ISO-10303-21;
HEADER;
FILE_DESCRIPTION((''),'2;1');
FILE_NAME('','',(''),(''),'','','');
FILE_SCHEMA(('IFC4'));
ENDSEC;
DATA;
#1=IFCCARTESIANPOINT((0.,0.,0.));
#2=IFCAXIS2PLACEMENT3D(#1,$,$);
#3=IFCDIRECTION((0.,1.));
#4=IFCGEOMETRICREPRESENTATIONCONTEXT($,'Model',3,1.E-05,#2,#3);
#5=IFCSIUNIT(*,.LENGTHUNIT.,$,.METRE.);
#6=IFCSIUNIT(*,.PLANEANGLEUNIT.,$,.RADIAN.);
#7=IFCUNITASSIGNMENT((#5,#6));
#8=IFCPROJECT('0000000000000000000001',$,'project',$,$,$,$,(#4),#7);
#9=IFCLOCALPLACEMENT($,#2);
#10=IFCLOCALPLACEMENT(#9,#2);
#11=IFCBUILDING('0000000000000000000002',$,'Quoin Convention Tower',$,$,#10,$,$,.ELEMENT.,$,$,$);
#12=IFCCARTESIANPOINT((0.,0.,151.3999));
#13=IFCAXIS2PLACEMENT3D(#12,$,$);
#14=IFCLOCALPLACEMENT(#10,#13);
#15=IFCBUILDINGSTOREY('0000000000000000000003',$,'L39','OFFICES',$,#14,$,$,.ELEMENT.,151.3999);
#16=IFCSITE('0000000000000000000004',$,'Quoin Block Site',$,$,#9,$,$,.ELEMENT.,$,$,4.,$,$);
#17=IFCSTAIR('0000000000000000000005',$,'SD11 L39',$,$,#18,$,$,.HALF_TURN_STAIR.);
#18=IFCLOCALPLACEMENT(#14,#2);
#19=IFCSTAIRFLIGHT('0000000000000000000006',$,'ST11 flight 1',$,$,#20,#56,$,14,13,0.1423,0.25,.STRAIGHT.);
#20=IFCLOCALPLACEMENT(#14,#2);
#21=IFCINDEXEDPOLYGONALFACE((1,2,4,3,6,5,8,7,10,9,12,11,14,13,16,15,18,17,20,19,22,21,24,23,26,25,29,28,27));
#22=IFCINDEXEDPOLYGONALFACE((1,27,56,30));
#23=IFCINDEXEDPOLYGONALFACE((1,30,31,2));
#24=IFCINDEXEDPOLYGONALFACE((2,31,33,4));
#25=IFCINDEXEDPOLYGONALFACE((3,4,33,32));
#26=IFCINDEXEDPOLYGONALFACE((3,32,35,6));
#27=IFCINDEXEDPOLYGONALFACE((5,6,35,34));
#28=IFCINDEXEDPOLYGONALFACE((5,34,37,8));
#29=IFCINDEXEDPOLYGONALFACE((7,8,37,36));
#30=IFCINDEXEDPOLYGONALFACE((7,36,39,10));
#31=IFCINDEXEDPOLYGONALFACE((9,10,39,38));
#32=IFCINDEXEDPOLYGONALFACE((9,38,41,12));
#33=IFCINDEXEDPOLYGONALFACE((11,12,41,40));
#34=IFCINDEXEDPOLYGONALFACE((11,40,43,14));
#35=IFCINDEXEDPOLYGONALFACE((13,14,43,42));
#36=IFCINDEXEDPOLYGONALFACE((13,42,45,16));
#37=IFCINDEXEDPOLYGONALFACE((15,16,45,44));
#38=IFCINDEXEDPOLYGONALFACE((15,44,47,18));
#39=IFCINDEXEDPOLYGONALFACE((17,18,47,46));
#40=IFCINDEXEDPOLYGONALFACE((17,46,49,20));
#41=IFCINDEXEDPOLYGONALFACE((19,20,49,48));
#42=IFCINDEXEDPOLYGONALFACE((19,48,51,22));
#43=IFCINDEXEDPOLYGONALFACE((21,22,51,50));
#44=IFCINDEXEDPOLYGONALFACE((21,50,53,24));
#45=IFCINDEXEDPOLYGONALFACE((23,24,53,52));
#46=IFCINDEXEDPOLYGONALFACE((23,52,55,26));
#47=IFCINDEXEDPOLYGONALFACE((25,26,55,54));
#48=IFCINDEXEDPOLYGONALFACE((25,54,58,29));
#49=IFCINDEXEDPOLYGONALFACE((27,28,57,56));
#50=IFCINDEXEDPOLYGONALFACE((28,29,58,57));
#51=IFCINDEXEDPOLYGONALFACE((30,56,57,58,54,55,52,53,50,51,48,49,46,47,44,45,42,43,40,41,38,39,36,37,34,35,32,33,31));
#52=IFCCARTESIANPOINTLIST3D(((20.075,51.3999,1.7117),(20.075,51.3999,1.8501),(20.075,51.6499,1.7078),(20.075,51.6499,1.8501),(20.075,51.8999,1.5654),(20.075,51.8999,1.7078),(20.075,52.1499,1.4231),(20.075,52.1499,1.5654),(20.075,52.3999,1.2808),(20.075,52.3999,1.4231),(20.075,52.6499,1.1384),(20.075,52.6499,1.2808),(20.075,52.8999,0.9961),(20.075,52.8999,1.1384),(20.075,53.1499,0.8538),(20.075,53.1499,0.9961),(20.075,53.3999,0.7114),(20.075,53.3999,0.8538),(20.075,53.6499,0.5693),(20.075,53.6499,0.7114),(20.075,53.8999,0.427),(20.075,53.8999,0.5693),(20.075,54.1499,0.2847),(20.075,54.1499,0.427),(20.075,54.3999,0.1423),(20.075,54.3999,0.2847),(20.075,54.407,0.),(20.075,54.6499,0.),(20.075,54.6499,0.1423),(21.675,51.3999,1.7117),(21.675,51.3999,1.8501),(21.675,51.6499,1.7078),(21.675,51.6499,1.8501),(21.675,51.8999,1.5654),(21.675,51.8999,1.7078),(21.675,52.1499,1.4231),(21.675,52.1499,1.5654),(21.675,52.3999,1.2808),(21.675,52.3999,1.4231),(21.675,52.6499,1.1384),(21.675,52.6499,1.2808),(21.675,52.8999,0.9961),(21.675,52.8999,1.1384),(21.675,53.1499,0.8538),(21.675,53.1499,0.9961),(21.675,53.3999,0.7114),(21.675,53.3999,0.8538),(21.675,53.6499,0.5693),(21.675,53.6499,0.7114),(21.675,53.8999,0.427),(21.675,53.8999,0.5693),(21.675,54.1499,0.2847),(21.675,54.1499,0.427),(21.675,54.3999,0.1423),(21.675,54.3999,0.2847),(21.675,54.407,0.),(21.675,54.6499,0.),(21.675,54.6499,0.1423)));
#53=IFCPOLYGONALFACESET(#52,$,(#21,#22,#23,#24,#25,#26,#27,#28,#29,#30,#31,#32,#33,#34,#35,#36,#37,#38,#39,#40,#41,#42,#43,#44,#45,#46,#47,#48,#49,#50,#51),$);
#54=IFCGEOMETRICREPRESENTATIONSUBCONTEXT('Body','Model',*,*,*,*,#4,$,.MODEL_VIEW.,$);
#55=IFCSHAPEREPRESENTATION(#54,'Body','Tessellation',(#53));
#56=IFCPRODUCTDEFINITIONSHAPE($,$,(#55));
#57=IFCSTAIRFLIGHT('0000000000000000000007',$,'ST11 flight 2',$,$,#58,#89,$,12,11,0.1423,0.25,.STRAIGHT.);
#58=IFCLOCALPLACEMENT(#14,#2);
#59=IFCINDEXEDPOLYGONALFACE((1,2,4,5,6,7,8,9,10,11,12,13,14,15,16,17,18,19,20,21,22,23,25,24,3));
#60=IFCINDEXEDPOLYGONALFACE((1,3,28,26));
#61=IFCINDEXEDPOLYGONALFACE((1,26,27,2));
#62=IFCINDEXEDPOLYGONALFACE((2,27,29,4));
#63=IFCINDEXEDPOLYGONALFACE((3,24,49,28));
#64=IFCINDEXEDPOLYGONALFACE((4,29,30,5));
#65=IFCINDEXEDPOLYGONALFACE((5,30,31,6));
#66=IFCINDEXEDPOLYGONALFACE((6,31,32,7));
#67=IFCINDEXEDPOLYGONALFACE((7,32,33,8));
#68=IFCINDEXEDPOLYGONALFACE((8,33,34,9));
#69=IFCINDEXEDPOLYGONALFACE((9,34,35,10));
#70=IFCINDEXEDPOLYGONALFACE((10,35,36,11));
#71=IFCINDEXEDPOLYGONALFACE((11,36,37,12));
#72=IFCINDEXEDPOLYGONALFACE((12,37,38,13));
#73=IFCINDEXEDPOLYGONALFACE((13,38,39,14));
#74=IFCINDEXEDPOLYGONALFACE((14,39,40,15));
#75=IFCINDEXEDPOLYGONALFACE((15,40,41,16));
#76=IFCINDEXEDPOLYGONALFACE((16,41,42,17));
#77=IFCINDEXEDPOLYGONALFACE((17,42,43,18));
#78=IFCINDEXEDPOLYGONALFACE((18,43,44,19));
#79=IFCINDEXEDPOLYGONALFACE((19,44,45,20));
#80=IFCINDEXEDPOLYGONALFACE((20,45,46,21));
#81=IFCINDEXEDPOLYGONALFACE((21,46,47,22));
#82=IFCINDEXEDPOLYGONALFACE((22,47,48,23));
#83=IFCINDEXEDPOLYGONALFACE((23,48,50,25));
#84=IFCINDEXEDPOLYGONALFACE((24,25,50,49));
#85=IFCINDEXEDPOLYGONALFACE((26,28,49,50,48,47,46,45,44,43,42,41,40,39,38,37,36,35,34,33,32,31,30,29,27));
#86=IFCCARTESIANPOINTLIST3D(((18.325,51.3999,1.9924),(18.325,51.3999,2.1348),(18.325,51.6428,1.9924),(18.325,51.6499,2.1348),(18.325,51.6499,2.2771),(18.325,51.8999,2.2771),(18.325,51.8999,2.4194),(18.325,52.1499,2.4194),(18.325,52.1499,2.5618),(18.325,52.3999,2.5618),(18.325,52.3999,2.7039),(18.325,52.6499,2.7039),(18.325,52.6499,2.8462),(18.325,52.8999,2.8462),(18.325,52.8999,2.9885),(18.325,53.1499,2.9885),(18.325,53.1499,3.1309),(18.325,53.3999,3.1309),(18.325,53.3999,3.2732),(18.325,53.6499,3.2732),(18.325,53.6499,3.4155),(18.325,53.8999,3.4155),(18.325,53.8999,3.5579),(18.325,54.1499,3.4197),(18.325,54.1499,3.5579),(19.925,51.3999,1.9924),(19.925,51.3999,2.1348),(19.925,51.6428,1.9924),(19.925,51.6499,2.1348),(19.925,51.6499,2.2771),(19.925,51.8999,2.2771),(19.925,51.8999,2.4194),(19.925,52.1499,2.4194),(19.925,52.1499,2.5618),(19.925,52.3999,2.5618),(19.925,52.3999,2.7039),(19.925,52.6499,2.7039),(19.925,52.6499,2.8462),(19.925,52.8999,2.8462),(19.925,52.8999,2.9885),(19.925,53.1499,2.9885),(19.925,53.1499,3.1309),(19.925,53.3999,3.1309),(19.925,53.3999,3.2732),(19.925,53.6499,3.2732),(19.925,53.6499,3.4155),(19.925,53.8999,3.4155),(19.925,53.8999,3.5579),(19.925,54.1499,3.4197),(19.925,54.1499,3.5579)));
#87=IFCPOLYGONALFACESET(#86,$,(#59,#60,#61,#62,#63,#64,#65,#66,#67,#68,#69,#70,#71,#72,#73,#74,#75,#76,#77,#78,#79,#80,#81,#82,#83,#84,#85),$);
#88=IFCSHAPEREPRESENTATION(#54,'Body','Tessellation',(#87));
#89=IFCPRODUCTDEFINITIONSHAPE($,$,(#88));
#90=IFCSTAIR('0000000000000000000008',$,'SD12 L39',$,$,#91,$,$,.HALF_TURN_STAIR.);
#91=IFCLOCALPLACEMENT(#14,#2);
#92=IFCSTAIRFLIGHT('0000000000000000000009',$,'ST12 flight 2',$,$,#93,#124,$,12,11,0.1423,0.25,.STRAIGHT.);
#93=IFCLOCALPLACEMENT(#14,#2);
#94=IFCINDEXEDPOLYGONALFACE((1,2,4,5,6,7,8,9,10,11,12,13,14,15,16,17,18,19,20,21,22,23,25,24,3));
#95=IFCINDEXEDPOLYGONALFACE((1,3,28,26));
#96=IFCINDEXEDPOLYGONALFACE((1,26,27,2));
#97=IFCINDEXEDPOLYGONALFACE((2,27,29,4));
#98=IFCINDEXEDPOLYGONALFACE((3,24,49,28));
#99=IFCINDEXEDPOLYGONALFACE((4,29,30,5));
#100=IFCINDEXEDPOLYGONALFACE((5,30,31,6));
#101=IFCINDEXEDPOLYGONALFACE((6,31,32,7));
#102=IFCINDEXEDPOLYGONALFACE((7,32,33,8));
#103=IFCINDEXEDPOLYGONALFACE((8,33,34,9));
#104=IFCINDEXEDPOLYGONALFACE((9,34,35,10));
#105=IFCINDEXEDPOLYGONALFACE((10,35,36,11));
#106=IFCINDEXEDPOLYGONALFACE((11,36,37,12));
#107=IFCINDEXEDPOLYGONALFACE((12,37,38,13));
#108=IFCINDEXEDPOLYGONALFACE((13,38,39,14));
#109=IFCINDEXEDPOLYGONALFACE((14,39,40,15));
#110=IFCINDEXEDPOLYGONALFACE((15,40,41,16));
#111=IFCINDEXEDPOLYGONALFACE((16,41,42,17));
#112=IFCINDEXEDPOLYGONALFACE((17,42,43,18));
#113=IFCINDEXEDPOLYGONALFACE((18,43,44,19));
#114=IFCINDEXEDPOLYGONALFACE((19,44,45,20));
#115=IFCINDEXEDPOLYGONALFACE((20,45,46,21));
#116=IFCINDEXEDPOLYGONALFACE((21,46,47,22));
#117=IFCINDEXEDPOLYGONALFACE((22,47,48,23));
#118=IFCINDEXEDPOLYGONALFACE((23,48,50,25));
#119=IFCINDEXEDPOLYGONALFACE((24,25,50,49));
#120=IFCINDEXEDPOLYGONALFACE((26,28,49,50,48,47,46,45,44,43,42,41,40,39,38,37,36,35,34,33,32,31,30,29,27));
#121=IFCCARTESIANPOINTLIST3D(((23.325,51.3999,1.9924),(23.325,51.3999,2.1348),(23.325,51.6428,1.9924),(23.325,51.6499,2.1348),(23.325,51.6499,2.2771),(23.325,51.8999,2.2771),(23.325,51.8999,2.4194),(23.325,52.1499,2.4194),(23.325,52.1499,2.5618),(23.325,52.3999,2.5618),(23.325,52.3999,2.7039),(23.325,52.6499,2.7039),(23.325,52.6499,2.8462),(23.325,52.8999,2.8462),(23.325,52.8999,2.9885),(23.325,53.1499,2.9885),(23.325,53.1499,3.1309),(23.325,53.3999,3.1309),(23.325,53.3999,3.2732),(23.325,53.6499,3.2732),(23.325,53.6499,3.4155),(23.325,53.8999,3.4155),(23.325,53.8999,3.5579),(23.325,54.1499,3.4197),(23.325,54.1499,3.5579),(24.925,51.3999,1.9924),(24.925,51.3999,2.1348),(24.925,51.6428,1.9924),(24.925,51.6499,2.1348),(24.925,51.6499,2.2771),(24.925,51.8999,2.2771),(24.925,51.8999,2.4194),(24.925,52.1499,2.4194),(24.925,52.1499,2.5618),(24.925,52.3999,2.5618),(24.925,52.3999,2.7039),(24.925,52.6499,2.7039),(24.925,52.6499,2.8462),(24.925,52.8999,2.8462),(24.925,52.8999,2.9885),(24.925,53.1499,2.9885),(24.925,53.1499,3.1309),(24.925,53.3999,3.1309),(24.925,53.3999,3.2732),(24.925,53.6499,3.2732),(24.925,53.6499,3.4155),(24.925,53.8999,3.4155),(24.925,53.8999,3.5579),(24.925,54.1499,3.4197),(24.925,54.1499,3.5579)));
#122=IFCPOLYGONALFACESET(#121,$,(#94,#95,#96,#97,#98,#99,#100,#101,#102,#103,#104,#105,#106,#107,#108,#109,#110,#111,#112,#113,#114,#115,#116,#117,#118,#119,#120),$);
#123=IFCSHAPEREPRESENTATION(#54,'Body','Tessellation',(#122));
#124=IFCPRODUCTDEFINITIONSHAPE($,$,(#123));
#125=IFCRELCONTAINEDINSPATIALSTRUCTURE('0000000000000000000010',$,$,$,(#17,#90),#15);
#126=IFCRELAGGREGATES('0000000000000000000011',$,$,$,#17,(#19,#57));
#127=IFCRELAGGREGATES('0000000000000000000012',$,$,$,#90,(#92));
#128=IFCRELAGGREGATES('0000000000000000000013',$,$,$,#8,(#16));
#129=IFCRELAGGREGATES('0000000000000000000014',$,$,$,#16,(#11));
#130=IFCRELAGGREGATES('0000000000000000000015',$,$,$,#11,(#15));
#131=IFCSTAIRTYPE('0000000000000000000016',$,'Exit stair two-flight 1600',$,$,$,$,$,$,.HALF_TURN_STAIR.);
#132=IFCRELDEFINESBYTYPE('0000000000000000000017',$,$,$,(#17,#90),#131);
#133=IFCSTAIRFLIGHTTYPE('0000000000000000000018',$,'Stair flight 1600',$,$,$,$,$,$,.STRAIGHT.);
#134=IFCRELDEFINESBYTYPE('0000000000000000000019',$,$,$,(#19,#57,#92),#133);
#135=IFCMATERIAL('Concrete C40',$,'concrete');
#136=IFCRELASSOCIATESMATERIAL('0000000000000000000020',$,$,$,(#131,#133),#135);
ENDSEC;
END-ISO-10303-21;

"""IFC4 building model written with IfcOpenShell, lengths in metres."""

from ifc_helpers import new_model, si_unit, direction, frame, origin, place, context, subcontext, project, spatial, polyline, outline, extrude, material, type_object, element, aggregate, save


model = new_model("IFC4")

# Units and contexts
model_context = context("Model", 3, precision=1e-05, world=origin(), true_north=direction((0.0, 1.0)))
body_context = subcontext(model_context, "Body", "Model", "MODEL_VIEW")
ifc_project = project(units=[si_unit("LENGTHUNIT", "METRE"), si_unit("PLANEANGLEUNIT", "RADIAN")], contexts=[model_context])

# Site, building, storey
site_placement = place(None, origin())
site = spatial("IfcSite", under=ifc_project, at=site_placement, Name="Quoin Block Site", CompositionType="ELEMENT", RefElevation=4.0)
building_placement = place(site_placement, origin())
building = spatial("IfcBuilding", under=site, at=building_placement, Name="Quoin Convention Tower", CompositionType="ELEMENT")
storey_placement = place(building_placement, frame((0.0, 0.0, 151.3999)))
storey = spatial("IfcBuildingStorey", under=building, at=storey_placement, Name="L39", Description="OFFICES", CompositionType="ELEMENT", Elevation=151.3999)

# Stair, stair flights
ifc_material_1 = material(Name="Concrete C40", Category="concrete")
stair_type = type_object("IfcStairType", Name="Exit stair two-flight 1600", PredefinedType="HALF_TURN_STAIR", material=ifc_material_1)
stair_1_placement = place(storey_placement, origin())
stair_1 = element("IfcStair", 1, at=stair_1_placement, inside=storey, type_object=stair_type, Name="SD11 L39", PredefinedType="HALF_TURN_STAIR")
stair_flight_type = type_object("IfcStairFlightType", Name="Stair flight 1600", PredefinedType="STRAIGHT", material=ifc_material_1)
stair_flight_1_placement = place(storey_placement, frame((20.875, 54.6499, 0.0), z_axis=(0.0, 0.0, 1.0), x_axis=(0.0, -1.0, 0.0)))
stair_flight_1 = element("IfcStairFlight", 2, at=stair_flight_1_placement, type_object=stair_flight_type, Name="ST11 flight 1", NumberOfRisers=14, NumberOfTreads=13, PredefinedType="STRAIGHT", RiserHeight=0.1423, TreadLength=0.25, context=body_context, shape_type="SweptSolid", body=[
    extrude(outline(polyline([(0.0, 0.0), (0.0, 0.1423), (0.25, 0.1423), (0.25, 0.2847), (0.5, 0.2847), (0.5, 0.427), (0.75, 0.427), (0.75, 0.5693), (1.0, 0.5693), (1.0, 0.7114), (1.25, 0.7114), (1.25, 0.8538), (1.5, 0.8538), (1.5, 0.9961), (1.75, 0.9961), (1.75, 1.1384), (2.0, 1.1384), (2.0, 1.2808), (2.25, 1.2808), (2.25, 1.4231), (2.5, 1.4231), (2.5, 1.5654), (2.75, 1.5654), (2.75, 1.7078), (3.0, 1.7078), (3.0, 1.8501), (3.25, 1.8501), (3.25, 1.9922), (3.25, 1.7117), (0.2429, 0.0), (0.0, 0.0)])), frame((0.0, 0.8, 0.0), z_axis=(0.0, -1.0, 0.0), x_axis=(1.0, 0.0, 0.0)), (0.0, 0.0, 1.0), 1.6001),
])
stair_flight_2_placement = place(storey_placement, frame((19.125, 51.3999, 1.9924), z_axis=(0.0, 0.0, 1.0), x_axis=(0.0, 1.0, 0.0)))
stair_flight_2 = element("IfcStairFlight", 3, at=stair_flight_2_placement, type_object=stair_flight_type, Name="ST11 flight 2", NumberOfRisers=12, NumberOfTreads=11, PredefinedType="STRAIGHT", RiserHeight=0.1423, TreadLength=0.25, context=body_context, shape_type="SweptSolid", body=[
    extrude(outline(polyline([(0.0, 0.0), (0.0, 0.1423), (0.25, 0.1423), (0.25, 0.2847), (0.5, 0.2847), (0.5, 0.427), (0.75, 0.427), (0.75, 0.5693), (1.0, 0.5693), (1.0, 0.7114), (1.25, 0.7114), (1.25, 0.8538), (1.5, 0.8538), (1.5, 0.9961), (1.75, 0.9961), (1.75, 1.1384), (2.0, 1.1384), (2.0, 1.2808), (2.25, 1.2808), (2.25, 1.4231), (2.5, 1.4231), (2.5, 1.5654), (2.75, 1.5654), (2.75, 1.7078), (2.75, 1.4272), (0.2429, 0.0), (0.0, 0.0)])), frame((0.0, 0.8, 0.0), z_axis=(0.0, -1.0, 0.0), x_axis=(1.0, 0.0, 0.0)), (0.0, 0.0, 1.0), 1.6001),
])
aggregate(stair_1, [stair_flight_1, stair_flight_2])

# Stair, stair flight
stair_2_placement = place(storey_placement, origin())
stair_2 = element("IfcStair", 4, at=stair_2_placement, inside=storey, type_object=stair_type, Name="SD12 L39", PredefinedType="HALF_TURN_STAIR")
stair_flight_3_placement = place(storey_placement, frame((24.125, 51.3999, 1.9924), z_axis=(0.0, 0.0, 1.0), x_axis=(0.0, 1.0, 0.0)))
stair_flight_3 = element("IfcStairFlight", 5, at=stair_flight_3_placement, type_object=stair_flight_type, Name="ST12 flight 2", NumberOfRisers=12, NumberOfTreads=11, PredefinedType="STRAIGHT", RiserHeight=0.1423, TreadLength=0.25, context=body_context, shape_type="SweptSolid", body=[
    extrude(outline(polyline([(0.0, 0.0), (0.0, 0.1423), (0.25, 0.1423), (0.25, 0.2847), (0.5, 0.2847), (0.5, 0.427), (0.75, 0.427), (0.75, 0.5693), (1.0, 0.5693), (1.0, 0.7114), (1.25, 0.7114), (1.25, 0.8538), (1.5, 0.8538), (1.5, 0.9961), (1.75, 0.9961), (1.75, 1.1384), (2.0, 1.1384), (2.0, 1.2808), (2.25, 1.2808), (2.25, 1.4231), (2.5, 1.4231), (2.5, 1.5654), (2.75, 1.5654), (2.75, 1.7078), (2.75, 1.4272), (0.2429, 0.0), (0.0, 0.0)])), frame((0.0, 0.8, 0.0), z_axis=(0.0, -1.0, 0.0), x_axis=(1.0, 0.0, 0.0)), (0.0, 0.0, 1.0), 1.6001),
])
aggregate(stair_2, [stair_flight_3])

save(model, "model.ifc")
